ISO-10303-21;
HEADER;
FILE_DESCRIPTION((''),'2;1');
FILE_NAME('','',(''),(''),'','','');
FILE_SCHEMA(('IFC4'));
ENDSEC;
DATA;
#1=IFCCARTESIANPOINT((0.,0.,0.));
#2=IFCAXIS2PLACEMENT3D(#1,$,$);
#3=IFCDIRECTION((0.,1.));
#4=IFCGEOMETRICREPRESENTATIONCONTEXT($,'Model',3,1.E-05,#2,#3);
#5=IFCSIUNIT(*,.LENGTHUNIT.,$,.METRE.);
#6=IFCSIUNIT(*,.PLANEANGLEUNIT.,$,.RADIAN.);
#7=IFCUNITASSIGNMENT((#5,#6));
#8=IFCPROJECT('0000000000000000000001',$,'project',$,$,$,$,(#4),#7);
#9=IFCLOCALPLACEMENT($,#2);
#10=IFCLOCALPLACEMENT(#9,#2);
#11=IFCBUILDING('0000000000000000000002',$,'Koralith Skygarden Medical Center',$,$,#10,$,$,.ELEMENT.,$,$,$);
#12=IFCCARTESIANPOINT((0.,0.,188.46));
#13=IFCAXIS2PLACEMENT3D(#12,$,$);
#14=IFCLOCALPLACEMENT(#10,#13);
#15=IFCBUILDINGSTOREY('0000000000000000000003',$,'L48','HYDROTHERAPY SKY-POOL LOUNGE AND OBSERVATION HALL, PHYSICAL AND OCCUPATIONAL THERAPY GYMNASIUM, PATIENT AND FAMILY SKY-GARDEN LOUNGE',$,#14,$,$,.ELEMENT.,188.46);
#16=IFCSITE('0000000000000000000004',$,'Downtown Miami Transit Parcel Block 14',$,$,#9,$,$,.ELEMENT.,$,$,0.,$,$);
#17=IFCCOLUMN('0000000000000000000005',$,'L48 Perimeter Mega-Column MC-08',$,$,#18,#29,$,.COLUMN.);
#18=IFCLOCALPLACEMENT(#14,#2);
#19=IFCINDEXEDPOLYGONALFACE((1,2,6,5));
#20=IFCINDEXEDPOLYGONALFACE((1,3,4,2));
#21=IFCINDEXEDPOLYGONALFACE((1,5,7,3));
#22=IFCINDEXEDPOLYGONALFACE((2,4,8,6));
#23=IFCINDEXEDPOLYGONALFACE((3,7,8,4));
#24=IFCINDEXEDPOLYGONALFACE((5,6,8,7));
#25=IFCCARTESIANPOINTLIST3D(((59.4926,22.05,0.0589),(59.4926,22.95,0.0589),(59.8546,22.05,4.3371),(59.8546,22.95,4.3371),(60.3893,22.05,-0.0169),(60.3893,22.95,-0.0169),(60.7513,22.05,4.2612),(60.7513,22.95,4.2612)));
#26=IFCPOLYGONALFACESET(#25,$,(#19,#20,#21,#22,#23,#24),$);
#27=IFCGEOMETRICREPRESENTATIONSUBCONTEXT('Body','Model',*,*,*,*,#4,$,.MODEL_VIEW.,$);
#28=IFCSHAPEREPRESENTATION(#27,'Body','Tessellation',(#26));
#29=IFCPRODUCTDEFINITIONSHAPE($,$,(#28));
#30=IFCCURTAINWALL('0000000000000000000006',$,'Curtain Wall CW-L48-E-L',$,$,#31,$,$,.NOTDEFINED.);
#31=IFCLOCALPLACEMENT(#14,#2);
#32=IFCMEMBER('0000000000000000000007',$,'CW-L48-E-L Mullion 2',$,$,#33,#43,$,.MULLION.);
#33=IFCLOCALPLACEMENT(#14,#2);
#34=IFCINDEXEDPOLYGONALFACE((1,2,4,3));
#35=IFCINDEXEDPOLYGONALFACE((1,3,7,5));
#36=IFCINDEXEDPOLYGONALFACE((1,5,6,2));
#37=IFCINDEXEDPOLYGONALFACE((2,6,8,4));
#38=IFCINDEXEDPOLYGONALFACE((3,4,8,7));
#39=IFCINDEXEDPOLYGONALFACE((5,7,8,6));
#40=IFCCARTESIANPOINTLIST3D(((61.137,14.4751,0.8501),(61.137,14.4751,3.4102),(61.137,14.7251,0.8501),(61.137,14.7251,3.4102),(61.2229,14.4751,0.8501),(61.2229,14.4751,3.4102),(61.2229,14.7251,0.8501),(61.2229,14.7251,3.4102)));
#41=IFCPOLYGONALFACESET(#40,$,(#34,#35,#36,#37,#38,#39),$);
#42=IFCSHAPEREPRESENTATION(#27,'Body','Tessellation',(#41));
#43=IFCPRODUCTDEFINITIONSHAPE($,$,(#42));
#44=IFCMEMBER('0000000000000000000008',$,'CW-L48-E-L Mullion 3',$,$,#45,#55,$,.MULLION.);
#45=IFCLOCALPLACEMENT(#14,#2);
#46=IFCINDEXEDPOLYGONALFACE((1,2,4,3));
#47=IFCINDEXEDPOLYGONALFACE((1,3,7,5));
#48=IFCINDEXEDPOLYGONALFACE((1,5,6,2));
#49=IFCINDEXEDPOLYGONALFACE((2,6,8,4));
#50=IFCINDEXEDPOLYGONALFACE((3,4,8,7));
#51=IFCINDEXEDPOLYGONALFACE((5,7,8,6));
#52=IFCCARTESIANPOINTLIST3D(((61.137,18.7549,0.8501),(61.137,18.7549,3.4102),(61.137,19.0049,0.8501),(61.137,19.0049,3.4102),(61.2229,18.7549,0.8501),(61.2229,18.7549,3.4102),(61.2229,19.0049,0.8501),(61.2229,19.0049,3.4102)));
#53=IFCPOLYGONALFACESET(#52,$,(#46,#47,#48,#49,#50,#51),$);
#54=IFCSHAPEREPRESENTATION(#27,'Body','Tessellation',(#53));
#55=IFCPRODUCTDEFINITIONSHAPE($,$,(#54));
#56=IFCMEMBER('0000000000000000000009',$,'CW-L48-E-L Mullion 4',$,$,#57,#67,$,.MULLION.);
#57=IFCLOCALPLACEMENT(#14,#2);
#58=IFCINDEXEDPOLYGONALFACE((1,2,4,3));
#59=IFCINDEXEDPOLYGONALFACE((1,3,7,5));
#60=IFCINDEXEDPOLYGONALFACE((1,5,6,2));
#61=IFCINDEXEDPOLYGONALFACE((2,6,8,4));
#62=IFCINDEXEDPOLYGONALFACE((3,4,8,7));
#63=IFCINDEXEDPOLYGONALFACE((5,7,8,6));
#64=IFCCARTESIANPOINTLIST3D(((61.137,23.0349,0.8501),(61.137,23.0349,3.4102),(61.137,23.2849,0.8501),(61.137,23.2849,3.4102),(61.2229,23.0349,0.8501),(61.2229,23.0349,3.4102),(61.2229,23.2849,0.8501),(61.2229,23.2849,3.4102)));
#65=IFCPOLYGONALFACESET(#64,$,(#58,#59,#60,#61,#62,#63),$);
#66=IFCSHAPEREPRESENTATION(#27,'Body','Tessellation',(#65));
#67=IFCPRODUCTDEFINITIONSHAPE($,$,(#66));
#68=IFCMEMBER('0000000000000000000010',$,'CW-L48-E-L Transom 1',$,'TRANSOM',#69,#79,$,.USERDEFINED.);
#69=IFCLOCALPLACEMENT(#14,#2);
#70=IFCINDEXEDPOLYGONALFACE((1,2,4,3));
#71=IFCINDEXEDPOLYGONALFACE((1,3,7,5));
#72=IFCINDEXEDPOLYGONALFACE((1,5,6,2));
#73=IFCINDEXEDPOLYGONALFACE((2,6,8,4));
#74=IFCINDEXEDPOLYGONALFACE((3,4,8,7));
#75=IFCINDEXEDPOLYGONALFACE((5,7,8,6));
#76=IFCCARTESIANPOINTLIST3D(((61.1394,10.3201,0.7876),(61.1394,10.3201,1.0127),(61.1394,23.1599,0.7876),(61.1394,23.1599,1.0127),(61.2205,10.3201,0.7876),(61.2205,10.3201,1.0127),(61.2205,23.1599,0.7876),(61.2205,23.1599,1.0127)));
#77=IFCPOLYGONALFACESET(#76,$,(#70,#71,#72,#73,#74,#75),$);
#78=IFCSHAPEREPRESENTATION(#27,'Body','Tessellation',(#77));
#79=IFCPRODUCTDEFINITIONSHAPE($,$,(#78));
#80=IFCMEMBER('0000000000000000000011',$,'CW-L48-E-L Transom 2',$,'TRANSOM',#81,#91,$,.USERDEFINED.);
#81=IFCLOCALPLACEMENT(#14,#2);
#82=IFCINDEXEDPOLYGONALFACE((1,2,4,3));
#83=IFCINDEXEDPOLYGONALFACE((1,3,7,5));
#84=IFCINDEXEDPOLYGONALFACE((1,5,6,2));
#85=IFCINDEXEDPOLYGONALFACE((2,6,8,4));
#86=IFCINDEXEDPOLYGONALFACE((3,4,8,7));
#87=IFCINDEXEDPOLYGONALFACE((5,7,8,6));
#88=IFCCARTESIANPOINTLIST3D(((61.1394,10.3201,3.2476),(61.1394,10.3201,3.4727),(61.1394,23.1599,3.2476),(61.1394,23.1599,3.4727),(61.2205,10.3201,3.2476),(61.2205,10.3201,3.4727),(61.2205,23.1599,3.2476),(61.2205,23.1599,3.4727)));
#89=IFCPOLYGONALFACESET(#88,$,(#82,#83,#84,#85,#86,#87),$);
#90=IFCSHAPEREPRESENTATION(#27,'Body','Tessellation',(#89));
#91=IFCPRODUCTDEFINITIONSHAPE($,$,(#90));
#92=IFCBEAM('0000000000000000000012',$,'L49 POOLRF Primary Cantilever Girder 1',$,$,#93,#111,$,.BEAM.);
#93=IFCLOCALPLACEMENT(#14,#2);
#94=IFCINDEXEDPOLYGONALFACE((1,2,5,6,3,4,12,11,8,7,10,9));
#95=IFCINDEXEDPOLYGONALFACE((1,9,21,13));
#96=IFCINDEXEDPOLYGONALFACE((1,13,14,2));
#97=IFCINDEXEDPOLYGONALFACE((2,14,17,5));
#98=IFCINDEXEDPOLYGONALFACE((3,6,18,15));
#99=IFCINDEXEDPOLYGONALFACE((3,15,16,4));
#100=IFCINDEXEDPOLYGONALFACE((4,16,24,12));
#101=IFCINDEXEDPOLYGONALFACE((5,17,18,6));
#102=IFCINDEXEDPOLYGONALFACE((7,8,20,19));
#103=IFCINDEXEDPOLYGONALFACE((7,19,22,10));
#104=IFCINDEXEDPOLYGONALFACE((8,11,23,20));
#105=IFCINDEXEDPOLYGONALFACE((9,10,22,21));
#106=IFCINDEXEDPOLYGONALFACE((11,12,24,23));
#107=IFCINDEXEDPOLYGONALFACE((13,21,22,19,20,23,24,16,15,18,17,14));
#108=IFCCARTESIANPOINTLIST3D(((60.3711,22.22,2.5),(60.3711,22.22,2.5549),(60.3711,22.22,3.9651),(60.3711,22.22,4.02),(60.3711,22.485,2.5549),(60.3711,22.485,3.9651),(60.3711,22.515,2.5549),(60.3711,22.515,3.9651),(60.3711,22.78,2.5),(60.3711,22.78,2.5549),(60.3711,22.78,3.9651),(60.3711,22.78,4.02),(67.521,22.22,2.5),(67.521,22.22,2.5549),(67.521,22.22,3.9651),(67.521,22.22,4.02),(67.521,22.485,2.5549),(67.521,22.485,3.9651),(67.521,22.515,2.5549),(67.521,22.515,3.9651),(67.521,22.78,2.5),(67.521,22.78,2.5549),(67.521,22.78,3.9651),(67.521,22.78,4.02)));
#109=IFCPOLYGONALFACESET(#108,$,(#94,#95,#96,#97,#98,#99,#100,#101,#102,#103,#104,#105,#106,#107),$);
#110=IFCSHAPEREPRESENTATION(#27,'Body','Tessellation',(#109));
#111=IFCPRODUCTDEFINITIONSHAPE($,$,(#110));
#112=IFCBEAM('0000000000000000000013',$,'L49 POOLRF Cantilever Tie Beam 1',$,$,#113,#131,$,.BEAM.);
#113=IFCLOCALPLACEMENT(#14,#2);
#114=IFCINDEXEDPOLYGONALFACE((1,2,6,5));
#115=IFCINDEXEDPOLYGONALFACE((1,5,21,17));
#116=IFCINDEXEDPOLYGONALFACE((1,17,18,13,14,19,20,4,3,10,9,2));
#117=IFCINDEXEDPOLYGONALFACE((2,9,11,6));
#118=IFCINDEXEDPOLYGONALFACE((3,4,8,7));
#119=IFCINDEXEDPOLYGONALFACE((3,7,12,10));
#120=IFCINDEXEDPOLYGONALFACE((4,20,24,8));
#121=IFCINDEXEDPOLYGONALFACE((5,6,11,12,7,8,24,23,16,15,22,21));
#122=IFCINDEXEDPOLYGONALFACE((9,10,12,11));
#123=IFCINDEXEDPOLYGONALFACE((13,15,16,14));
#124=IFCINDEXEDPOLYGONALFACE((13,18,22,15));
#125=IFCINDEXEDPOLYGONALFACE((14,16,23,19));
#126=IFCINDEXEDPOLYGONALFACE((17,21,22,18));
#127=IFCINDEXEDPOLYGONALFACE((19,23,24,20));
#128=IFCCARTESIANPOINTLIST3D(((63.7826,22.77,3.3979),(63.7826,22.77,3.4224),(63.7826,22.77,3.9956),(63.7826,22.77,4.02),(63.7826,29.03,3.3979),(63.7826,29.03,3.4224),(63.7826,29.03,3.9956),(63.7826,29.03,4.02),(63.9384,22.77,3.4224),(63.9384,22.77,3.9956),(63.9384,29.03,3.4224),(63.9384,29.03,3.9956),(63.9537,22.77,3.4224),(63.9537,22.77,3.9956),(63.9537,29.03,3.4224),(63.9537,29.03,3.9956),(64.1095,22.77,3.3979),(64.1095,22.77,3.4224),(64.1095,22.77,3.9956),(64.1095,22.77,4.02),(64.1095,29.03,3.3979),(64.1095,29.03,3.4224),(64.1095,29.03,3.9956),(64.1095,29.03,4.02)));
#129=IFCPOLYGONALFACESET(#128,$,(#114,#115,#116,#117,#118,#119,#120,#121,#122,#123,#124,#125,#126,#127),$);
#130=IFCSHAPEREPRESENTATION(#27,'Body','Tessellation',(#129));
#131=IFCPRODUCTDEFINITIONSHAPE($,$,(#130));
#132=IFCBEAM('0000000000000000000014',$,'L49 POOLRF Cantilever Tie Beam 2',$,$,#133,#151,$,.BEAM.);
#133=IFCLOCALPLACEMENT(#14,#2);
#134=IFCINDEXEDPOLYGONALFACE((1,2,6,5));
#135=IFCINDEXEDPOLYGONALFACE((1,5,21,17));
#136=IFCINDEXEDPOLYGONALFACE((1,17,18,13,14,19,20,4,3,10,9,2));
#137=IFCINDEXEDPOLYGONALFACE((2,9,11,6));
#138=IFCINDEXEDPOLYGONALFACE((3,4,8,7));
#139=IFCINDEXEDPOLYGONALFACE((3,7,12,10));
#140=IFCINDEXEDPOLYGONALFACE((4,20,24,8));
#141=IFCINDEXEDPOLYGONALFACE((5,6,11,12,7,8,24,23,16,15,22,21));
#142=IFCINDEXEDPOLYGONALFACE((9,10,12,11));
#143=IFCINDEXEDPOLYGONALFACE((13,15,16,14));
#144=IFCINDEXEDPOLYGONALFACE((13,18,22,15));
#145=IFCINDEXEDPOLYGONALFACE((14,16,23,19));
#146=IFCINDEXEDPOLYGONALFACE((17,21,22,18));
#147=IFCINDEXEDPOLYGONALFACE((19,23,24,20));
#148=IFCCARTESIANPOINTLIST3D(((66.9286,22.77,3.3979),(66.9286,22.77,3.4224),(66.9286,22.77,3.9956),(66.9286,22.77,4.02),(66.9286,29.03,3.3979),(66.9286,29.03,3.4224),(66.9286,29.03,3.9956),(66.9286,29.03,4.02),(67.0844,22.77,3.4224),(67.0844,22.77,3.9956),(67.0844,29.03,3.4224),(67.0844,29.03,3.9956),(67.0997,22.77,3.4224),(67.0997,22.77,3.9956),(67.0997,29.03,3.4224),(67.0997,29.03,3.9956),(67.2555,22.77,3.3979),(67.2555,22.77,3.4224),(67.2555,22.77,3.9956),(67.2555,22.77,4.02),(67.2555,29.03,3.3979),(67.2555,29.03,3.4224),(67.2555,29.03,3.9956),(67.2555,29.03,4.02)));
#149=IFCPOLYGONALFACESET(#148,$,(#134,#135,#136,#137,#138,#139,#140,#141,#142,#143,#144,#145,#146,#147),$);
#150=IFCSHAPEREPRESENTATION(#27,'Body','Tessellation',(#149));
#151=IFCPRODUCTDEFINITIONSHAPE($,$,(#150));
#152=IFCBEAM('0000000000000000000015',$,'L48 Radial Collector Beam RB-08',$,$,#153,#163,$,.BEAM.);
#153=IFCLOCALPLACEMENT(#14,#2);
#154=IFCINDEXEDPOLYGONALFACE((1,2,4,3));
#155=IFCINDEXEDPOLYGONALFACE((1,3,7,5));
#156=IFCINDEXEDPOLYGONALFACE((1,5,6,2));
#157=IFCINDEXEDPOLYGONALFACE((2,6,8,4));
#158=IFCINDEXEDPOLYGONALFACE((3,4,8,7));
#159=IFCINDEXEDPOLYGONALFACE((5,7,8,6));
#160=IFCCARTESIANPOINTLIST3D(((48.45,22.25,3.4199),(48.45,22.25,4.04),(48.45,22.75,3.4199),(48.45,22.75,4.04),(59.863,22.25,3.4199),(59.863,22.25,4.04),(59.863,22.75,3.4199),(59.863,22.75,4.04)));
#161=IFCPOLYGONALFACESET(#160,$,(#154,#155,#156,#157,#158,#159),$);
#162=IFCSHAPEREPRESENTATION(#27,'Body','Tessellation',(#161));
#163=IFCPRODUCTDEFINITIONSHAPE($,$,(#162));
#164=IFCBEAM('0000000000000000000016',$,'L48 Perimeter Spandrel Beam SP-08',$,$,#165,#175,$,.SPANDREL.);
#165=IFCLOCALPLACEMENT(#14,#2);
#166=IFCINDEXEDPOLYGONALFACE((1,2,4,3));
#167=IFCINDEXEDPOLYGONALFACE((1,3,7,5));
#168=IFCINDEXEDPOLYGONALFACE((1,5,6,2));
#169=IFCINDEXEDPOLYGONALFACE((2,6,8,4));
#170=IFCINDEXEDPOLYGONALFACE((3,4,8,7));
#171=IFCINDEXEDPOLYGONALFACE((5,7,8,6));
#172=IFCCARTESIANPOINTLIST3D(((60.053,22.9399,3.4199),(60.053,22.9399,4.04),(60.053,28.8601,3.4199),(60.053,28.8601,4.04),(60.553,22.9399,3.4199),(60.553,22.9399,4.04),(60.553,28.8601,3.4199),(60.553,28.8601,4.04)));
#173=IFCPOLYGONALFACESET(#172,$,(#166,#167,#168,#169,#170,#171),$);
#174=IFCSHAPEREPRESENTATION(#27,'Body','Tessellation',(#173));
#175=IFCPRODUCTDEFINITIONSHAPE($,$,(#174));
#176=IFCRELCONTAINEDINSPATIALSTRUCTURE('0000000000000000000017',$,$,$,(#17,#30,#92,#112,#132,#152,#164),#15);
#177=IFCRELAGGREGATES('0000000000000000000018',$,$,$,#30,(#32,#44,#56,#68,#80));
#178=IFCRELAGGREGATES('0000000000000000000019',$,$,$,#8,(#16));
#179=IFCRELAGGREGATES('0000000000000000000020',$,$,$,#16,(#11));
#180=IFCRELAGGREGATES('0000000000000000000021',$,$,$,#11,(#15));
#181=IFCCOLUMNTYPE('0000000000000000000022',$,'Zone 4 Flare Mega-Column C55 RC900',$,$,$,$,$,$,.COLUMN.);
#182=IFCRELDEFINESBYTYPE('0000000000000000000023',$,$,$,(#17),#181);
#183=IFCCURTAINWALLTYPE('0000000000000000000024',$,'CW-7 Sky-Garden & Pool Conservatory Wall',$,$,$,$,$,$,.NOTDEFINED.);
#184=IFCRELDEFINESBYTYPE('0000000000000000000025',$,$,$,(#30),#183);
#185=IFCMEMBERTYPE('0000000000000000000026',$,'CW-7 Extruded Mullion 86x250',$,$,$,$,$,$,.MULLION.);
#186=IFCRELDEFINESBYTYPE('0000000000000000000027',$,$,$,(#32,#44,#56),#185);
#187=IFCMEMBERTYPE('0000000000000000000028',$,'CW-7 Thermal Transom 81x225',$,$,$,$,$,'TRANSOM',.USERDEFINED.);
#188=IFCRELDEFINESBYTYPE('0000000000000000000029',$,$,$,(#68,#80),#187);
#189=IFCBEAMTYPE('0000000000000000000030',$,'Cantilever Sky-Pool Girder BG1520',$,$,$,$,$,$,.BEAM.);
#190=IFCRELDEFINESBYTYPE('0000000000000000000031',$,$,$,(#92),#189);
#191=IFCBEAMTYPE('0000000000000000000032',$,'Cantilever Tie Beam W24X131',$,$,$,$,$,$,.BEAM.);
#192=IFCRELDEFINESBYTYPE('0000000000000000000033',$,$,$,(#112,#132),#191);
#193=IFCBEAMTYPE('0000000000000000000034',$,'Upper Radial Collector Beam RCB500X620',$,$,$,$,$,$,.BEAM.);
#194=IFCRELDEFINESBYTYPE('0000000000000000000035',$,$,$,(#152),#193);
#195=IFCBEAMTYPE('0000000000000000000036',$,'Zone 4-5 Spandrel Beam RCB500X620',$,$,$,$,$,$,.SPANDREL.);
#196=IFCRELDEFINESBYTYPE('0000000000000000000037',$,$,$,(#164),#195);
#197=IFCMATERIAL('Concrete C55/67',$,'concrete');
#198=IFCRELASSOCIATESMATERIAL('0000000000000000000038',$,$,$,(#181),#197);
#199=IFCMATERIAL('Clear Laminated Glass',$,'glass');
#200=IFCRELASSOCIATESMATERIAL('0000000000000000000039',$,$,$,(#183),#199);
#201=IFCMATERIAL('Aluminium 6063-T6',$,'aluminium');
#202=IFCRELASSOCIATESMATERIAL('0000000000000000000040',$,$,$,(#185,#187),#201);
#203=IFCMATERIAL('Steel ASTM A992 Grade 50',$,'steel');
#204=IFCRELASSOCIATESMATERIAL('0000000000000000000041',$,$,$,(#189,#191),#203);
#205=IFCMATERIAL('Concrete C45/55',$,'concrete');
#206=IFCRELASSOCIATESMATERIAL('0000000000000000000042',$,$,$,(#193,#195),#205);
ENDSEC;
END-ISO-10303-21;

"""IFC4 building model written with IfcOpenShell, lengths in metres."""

from ifc_helpers import new_model, si_unit, direction, frame, origin, origin_2d, place, context, subcontext, project, spatial, rectangle, i_section, extrude, material, material_profile, profile_set, type_object, element, aggregate, save


model = new_model("IFC4")

# Units and contexts
model_context = context("Model", 3, precision=1e-05, world=origin(), true_north=direction((0.0, 1.0)))
body_context = subcontext(model_context, "Body", "Model", "MODEL_VIEW")
ifc_project = project(units=[si_unit("LENGTHUNIT", "METRE"), si_unit("PLANEANGLEUNIT", "RADIAN")], contexts=[model_context])

# Site, building, storey
site_placement = place(None, origin())
site = spatial("IfcSite", under=ifc_project, at=site_placement, Name="Downtown Miami Transit Parcel Block 14", CompositionType="ELEMENT", RefElevation=0.0)
building_placement = place(site_placement, origin())
building = spatial("IfcBuilding", under=site, at=building_placement, Name="Koralith Skygarden Medical Center", CompositionType="ELEMENT")
storey_placement = place(building_placement, frame((0.0, 0.0, 188.46)))
storey = spatial("IfcBuildingStorey", under=building, at=storey_placement, Name="L48", Description="HYDROTHERAPY SKY-POOL LOUNGE AND OBSERVATION HALL, PHYSICAL AND OCCUPATIONAL THERAPY GYMNASIUM, PATIENT AND FAMILY SKY-GARDEN LOUNGE", CompositionType="ELEMENT", Elevation=188.46)

# Column
ifc_material_1 = material(Name="Concrete C55/67", Category="concrete")
ifc_material_profile_1 = material_profile(ifc_material_1, rectangle(XDim=0.8999, YDim=0.8999, at=origin_2d()), Name="RC900X900")
ifc_profile_set_1 = profile_set([ifc_material_profile_1], Name="Concrete C55/67")
column_type = type_object("IfcColumnType", Name="Zone 4 Flare Mega-Column C55 RC900", PredefinedType="COLUMN", material=ifc_profile_set_1)
column_placement = place(storey_placement, frame((59.9409, 22.5, 0.021), z_axis=(0.08433, 0.0, 0.996438), x_axis=(0.0, 1.0, 0.0)))
element("IfcColumn", 1, at=column_placement, inside=storey, type_object=column_type, Name="L48 Perimeter Mega-Column MC-08", PredefinedType="COLUMN", context=body_context, shape_type="SweptSolid", body=[
    extrude(rectangle(XDim=0.8999, YDim=0.8999, at=origin_2d()), origin(), (0.0, 0.0, 1.0), 4.2935),
])

# Curtain wall, members
ifc_material_2 = material(Name="Clear Laminated Glass", Category="glass")
curtain_wall_type = type_object("IfcCurtainWallType", Name="CW-7 Sky-Garden & Pool Conservatory Wall", PredefinedType="NOTDEFINED", material=ifc_material_2)
curtain_wall_placement = place(storey_placement, origin())
curtain_wall = element("IfcCurtainWall", 2, at=curtain_wall_placement, inside=storey, type_object=curtain_wall_type, Name="Curtain Wall CW-L48-E-L", PredefinedType="NOTDEFINED")
ifc_material_3 = material(Name="Aluminium 6063-T6", Category="aluminium")
ifc_material_profile_2 = material_profile(ifc_material_3, rectangle(XDim=0.0859, YDim=0.25, at=origin_2d()), Name="MUL86X250")
ifc_profile_set_2 = profile_set([ifc_material_profile_2], Name="Aluminium 6063-T6")
member_type_1 = type_object("IfcMemberType", Name="CW-7 Extruded Mullion 86x250", PredefinedType="MULLION", material=ifc_profile_set_2)
member_1_placement = place(storey_placement, frame((61.1799, 14.6001, 0.8501), z_axis=(0.0, 0.0, 1.0), x_axis=(1.0, 0.0, 0.0)))
member_1 = element("IfcMember", 3, at=member_1_placement, type_object=member_type_1, Name="CW-L48-E-L Mullion 2", PredefinedType="MULLION", context=body_context, shape_type="SweptSolid", body=[
    extrude(rectangle(XDim=0.0859, YDim=0.25, at=origin_2d()), origin(), (0.0, 0.0, 1.0), 2.5601),
])
member_2_placement = place(storey_placement, frame((61.1799, 18.8799, 0.8501), z_axis=(0.0, 0.0, 1.0), x_axis=(1.0, 0.0, 0.0)))
member_2 = element("IfcMember", 4, at=member_2_placement, type_object=member_type_1, Name="CW-L48-E-L Mullion 3", PredefinedType="MULLION", context=body_context, shape_type="SweptSolid", body=[
    extrude(rectangle(XDim=0.0859, YDim=0.25, at=origin_2d()), origin(), (0.0, 0.0, 1.0), 2.5601),
])
member_3_placement = place(storey_placement, frame((61.1799, 23.1599, 0.8501), z_axis=(0.0, 0.0, 1.0), x_axis=(1.0, 0.0, 0.0)))
member_3 = element("IfcMember", 5, at=member_3_placement, type_object=member_type_1, Name="CW-L48-E-L Mullion 4", PredefinedType="MULLION", context=body_context, shape_type="SweptSolid", body=[
    extrude(rectangle(XDim=0.0859, YDim=0.25, at=origin_2d()), origin(), (0.0, 0.0, 1.0), 2.5601),
])
ifc_material_profile_3 = material_profile(ifc_material_3, rectangle(XDim=0.0811, YDim=0.2251, at=origin_2d()), Name="TRN81X225")
ifc_profile_set_3 = profile_set([ifc_material_profile_3], Name="Aluminium 6063-T6")
member_type_2 = type_object("IfcMemberType", Name="CW-7 Thermal Transom 81x225", ElementType="TRANSOM", PredefinedType="USERDEFINED", material=ifc_profile_set_3)
member_4_placement = place(storey_placement, frame((61.1799, 10.3201, 0.9001), z_axis=(0.0, 1.0, 0.0), x_axis=(-1.0, 0.0, 0.0)))
member_4 = element("IfcMember", 6, at=member_4_placement, type_object=member_type_2, Name="CW-L48-E-L Transom 1", ObjectType="TRANSOM", PredefinedType="USERDEFINED", context=body_context, shape_type="SweptSolid", body=[
    extrude(rectangle(XDim=0.0811, YDim=0.2251, at=origin_2d()), origin(), (0.0, 0.0, 1.0), 12.8398),
])
member_5_placement = place(storey_placement, frame((61.1799, 10.3201, 3.3601), z_axis=(0.0, 1.0, 0.0), x_axis=(-1.0, 0.0, 0.0)))
member_5 = element("IfcMember", 7, at=member_5_placement, type_object=member_type_2, Name="CW-L48-E-L Transom 2", ObjectType="TRANSOM", PredefinedType="USERDEFINED", context=body_context, shape_type="SweptSolid", body=[
    extrude(rectangle(XDim=0.0811, YDim=0.2251, at=origin_2d()), origin(), (0.0, 0.0, 1.0), 12.8398),
])

# Beams
ifc_material_4 = material(Name="Steel ASTM A992 Grade 50", Category="steel")
ifc_material_profile_4 = material_profile(ifc_material_4, i_section(OverallWidth=0.5601, OverallDepth=1.52, WebThickness=0.03, FlangeThickness=0.0549, at=origin_2d()), Name="BG1520X560X55X30")
ifc_profile_set_4 = profile_set([ifc_material_profile_4], Name="Steel ASTM A992 Grade 50")
beam_type_1 = type_object("IfcBeamType", Name="Cantilever Sky-Pool Girder BG1520", PredefinedType="BEAM", material=ifc_profile_set_4)
beam_1_placement = place(storey_placement, frame((60.3711, 22.5, 3.26), z_axis=(1.0, 0.0, 0.0), x_axis=(0.0, 1.0, 0.0)))
element("IfcBeam", 8, at=beam_1_placement, inside=storey, type_object=beam_type_1, Name="L49 POOLRF Primary Cantilever Girder 1", PredefinedType="BEAM", context=body_context, shape_type="SweptSolid", body=[
    extrude(i_section(OverallWidth=0.5601, OverallDepth=1.52, WebThickness=0.03, FlangeThickness=0.0549, at=origin_2d()), origin(), (0.0, 0.0, 1.0), 7.1499),
])
ifc_material_profile_5 = material_profile(ifc_material_4, i_section(OverallWidth=0.3269, OverallDepth=0.6221, WebThickness=0.0154, FlangeThickness=0.0244, at=origin_2d()), Name="W24X131")
ifc_profile_set_5 = profile_set([ifc_material_profile_5], Name="Steel ASTM A992 Grade 50")
beam_type_2 = type_object("IfcBeamType", Name="Cantilever Tie Beam W24X131", PredefinedType="BEAM", material=ifc_profile_set_5)
for number, where, z_axis, x_axis, name in (
    (9, (63.946, 22.77, 3.709), (0.0, 1.0, 0.0), (-1.0, 0.0, 0.0), "L49 POOLRF Cantilever Tie Beam 1"),
    (10, (67.092, 22.77, 3.709), (0.0, 1.0, 0.0), (-1.0, 0.0, 0.0), "L49 POOLRF Cantilever Tie Beam 2"),
):
    element("IfcBeam", number, at=place(storey_placement, frame(where, z_axis=z_axis, x_axis=x_axis)), inside=storey, type_object=beam_type_2, Name=name, PredefinedType="BEAM", context=body_context, shape_type="SweptSolid", body=[
        extrude(i_section(OverallWidth=0.3269, OverallDepth=0.6221, WebThickness=0.0154, FlangeThickness=0.0244, at=origin_2d()), origin(), (0.0, 0.0, 1.0), 6.26),
    ])
ifc_material_5 = material(Name="Concrete C45/55", Category="concrete")
ifc_material_profile_6 = material_profile(ifc_material_5, rectangle(XDim=0.5, YDim=0.6201, at=origin_2d()), Name="RCB500X620")
ifc_profile_set_6 = profile_set([ifc_material_profile_6], Name="Concrete C45/55")
beam_type_3 = type_object("IfcBeamType", Name="Upper Radial Collector Beam RCB500X620", PredefinedType="BEAM", material=ifc_profile_set_6)
beam_2_placement = place(storey_placement, frame((48.45, 22.5, 3.73), z_axis=(1.0, 0.0, 0.0), x_axis=(0.0, 1.0, 0.0)))
element("IfcBeam", 11, at=beam_2_placement, inside=storey, type_object=beam_type_3, Name="L48 Radial Collector Beam RB-08", PredefinedType="BEAM", context=body_context, shape_type="SweptSolid", body=[
    extrude(rectangle(XDim=0.5, YDim=0.6201, at=origin_2d()), origin(), (0.0, 0.0, 1.0), 11.4131),
])
ifc_material_profile_7 = material_profile(ifc_material_5, rectangle(XDim=0.5, YDim=0.6201, at=origin_2d()), Name="RCB500X620")
ifc_profile_set_7 = profile_set([ifc_material_profile_7], Name="Concrete C45/55")
beam_type_4 = type_object("IfcBeamType", Name="Zone 4-5 Spandrel Beam RCB500X620", PredefinedType="SPANDREL", material=ifc_profile_set_7)
beam_3_placement = place(storey_placement, frame((60.303, 22.9399, 3.73), z_axis=(0.0, 1.0, 0.0), x_axis=(-1.0, 0.0, 0.0)))
element("IfcBeam", 12, at=beam_3_placement, inside=storey, type_object=beam_type_4, Name="L48 Perimeter Spandrel Beam SP-08", PredefinedType="SPANDREL", context=body_context, shape_type="SweptSolid", body=[
    extrude(rectangle(XDim=0.5, YDim=0.6201, at=origin_2d()), origin(), (0.0, 0.0, 1.0), 5.9202),
])

aggregate(curtain_wall, [member_1, member_2, member_3, member_4, member_5])

save(model, "model.ifc")
